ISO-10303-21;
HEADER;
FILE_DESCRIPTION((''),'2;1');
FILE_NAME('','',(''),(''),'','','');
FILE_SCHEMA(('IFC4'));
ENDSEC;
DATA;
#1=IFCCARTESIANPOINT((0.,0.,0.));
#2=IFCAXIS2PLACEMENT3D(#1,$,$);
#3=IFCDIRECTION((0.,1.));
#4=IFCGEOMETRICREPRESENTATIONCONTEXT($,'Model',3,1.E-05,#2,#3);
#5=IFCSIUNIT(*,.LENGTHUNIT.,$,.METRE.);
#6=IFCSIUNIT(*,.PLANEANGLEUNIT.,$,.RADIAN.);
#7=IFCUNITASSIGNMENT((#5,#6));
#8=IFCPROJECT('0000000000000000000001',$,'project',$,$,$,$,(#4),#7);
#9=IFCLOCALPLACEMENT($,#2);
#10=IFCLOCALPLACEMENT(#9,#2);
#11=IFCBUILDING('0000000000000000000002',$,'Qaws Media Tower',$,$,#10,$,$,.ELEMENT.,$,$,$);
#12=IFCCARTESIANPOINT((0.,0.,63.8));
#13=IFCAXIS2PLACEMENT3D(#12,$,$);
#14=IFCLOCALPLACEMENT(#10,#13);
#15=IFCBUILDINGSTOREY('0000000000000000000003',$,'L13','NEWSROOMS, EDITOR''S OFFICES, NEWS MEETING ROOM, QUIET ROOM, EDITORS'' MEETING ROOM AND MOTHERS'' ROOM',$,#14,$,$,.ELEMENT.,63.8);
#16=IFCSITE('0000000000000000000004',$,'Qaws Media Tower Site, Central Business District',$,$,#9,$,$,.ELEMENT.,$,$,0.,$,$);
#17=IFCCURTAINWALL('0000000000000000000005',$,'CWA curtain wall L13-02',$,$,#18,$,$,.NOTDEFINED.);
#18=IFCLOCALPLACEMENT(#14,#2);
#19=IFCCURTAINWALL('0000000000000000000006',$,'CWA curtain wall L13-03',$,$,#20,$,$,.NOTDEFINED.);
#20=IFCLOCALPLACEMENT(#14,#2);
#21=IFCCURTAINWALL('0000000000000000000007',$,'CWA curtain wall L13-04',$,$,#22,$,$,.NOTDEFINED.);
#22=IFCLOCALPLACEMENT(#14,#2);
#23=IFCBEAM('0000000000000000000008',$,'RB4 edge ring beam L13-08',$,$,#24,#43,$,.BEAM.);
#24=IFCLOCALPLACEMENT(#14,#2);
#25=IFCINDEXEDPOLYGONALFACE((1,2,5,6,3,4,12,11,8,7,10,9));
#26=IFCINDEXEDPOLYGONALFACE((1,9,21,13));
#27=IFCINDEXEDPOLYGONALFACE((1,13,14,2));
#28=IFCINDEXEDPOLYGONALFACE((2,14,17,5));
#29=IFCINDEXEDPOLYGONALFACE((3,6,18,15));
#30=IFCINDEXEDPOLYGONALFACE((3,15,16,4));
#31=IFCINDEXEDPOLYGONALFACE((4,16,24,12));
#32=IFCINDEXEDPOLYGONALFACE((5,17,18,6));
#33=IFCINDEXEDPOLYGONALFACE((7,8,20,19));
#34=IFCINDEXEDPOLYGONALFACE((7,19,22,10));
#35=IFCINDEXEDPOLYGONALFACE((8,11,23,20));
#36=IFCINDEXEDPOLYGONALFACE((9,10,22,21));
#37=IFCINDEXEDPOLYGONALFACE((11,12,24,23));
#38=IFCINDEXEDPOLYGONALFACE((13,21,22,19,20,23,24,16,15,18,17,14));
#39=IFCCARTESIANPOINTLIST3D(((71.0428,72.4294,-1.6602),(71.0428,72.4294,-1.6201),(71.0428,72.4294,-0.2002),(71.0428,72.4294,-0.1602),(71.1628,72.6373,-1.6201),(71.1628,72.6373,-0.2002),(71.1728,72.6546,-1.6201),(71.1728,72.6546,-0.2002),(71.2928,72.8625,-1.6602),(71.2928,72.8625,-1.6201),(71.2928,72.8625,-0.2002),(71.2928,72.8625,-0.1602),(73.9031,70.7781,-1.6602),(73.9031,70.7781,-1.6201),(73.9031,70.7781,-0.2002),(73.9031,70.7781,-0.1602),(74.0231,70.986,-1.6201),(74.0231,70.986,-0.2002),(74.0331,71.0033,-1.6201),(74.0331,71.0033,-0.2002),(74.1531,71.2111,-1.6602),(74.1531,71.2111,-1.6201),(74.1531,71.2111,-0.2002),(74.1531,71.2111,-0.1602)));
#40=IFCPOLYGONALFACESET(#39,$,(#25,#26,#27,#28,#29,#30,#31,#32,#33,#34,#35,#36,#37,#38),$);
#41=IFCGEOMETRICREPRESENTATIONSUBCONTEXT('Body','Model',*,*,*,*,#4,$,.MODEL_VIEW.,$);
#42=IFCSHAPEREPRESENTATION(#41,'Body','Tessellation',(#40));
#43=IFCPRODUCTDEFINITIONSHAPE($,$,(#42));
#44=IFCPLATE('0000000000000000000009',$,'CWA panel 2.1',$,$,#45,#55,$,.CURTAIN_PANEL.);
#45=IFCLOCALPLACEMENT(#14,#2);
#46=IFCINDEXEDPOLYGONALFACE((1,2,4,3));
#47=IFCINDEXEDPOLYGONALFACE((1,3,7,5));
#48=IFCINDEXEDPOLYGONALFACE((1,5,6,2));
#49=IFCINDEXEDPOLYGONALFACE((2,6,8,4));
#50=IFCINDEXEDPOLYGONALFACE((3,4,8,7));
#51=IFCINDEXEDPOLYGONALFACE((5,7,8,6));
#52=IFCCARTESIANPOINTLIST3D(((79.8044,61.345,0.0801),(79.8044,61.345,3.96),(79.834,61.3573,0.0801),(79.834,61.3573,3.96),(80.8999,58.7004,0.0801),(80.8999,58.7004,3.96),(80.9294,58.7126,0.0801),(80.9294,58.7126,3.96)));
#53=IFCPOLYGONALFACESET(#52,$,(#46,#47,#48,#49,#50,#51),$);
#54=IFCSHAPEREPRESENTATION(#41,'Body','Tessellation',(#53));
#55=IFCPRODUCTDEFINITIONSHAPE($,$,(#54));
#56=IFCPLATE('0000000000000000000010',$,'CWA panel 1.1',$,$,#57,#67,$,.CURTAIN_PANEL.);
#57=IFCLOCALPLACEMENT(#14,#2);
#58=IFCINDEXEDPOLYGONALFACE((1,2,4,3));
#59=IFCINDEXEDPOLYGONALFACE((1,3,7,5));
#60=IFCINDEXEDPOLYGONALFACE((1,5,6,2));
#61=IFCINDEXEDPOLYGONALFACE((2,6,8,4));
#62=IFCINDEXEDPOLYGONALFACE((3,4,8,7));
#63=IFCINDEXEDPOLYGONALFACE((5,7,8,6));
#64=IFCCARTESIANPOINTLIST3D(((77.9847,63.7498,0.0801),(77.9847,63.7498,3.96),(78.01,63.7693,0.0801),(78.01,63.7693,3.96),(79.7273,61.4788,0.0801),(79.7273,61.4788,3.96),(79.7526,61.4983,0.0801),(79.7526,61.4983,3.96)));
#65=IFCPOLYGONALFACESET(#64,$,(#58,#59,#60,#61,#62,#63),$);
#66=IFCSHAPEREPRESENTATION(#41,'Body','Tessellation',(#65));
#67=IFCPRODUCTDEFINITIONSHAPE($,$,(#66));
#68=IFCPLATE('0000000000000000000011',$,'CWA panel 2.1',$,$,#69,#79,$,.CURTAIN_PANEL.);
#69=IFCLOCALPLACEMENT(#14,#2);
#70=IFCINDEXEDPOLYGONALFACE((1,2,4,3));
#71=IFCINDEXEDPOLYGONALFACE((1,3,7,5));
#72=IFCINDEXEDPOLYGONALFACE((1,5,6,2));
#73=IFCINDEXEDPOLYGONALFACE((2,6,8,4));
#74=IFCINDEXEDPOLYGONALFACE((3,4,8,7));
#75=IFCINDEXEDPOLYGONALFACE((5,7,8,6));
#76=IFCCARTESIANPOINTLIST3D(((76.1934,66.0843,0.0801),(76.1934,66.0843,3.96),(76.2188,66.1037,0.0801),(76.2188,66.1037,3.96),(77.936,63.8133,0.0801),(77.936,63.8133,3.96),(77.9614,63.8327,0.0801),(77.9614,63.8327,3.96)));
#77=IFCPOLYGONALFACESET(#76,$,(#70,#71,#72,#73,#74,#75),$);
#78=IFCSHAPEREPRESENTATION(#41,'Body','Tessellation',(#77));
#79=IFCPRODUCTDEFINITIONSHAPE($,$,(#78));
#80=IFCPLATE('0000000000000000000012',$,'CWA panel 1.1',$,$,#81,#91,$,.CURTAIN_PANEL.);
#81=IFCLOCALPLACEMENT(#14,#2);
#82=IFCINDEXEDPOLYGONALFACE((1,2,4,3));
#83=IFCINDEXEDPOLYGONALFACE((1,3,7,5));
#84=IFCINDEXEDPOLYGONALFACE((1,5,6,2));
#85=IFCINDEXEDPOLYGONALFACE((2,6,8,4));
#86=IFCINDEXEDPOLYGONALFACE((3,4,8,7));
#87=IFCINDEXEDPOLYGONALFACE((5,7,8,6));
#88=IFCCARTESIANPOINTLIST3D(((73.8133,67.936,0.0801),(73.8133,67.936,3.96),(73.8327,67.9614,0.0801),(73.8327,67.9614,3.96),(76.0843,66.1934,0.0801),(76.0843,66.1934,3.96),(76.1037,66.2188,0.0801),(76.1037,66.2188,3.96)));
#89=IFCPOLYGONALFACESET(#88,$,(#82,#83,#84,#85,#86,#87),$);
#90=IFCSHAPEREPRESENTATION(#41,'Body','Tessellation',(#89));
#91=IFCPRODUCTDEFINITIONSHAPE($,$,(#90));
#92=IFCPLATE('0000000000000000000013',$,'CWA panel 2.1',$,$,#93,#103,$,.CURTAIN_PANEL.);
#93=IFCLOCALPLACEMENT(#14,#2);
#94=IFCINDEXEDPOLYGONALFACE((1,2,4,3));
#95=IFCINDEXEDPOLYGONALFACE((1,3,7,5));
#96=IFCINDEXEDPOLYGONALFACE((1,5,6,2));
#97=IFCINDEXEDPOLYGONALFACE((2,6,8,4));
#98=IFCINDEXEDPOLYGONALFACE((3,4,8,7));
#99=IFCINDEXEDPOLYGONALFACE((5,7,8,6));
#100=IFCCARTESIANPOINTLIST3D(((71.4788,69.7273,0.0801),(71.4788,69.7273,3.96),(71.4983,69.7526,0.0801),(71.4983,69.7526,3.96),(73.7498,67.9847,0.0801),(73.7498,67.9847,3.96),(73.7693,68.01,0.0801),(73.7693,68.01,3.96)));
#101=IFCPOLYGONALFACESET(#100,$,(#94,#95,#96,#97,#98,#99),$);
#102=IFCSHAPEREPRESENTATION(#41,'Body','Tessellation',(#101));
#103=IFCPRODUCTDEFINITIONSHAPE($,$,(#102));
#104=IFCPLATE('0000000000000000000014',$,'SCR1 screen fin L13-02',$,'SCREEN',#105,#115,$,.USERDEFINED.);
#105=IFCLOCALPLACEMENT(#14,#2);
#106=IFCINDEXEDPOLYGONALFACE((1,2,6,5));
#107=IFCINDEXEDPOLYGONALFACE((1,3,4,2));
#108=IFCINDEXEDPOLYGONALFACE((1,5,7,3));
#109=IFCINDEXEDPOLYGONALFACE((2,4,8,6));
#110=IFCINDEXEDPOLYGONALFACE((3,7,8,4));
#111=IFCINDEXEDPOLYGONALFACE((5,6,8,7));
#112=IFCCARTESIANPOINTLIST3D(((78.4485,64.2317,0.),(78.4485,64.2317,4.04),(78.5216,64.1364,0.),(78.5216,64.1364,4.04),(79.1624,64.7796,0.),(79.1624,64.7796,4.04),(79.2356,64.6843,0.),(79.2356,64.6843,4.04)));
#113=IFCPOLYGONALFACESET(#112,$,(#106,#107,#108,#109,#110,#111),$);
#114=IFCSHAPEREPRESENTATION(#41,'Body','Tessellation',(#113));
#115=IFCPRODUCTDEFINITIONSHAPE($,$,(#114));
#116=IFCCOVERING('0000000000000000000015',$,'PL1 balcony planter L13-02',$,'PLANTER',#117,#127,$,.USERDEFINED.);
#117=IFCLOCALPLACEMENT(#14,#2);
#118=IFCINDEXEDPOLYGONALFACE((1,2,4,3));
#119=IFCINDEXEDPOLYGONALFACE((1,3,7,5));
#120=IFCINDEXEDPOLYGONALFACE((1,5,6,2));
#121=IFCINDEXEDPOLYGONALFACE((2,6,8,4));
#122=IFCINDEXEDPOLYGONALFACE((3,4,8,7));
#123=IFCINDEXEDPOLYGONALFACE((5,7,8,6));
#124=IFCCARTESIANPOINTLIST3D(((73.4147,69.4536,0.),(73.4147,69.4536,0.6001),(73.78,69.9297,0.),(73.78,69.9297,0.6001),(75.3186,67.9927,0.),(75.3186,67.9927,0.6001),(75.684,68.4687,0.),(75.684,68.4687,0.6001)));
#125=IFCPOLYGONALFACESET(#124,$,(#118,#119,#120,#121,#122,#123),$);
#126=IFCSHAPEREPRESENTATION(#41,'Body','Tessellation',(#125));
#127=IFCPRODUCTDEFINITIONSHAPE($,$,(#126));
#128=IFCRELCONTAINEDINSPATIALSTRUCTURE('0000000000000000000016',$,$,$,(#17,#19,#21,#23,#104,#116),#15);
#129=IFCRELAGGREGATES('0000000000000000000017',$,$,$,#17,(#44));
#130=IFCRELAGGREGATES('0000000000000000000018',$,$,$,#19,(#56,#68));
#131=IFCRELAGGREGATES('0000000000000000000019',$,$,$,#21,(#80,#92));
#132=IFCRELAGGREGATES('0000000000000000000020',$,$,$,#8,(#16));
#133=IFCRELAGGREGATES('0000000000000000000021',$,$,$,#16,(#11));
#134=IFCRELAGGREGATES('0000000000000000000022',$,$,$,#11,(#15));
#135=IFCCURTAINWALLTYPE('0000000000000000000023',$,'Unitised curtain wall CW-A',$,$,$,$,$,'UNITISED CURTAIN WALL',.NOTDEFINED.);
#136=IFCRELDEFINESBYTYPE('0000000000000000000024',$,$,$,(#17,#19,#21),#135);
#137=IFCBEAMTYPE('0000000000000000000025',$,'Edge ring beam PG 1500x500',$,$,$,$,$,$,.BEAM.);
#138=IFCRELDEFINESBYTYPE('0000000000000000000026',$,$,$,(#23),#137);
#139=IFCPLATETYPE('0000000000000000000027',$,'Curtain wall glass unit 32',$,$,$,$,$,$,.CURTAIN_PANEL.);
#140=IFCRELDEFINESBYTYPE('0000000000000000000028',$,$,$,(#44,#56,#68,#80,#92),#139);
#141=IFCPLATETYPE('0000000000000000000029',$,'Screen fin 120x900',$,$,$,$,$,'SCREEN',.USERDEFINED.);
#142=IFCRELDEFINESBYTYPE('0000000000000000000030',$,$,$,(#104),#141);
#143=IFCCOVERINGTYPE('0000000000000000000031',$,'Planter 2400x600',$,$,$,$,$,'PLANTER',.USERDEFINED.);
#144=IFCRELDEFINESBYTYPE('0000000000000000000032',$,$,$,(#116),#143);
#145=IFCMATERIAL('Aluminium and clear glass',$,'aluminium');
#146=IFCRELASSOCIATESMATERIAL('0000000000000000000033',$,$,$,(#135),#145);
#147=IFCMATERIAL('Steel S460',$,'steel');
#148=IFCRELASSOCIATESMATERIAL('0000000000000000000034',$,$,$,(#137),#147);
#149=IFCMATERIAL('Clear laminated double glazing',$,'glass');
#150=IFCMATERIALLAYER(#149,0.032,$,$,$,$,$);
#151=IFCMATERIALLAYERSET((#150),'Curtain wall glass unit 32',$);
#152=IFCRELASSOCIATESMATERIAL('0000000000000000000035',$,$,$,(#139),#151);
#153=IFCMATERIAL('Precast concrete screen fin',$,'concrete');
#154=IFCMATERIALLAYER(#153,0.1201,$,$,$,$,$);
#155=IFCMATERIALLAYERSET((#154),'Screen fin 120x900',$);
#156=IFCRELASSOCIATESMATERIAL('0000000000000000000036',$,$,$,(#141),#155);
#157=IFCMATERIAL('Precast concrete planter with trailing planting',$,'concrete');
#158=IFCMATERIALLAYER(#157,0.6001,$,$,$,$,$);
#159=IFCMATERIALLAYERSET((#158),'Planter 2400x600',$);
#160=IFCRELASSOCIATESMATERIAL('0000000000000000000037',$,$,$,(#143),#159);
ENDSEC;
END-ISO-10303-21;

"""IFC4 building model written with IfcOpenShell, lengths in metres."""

from ifc_helpers import new_model, si_unit, direction, frame, origin, origin_2d, place, context, subcontext, project, spatial, rectangle, i_section, extrude, material, layer, layer_set, material_profile, profile_set, type_object, element, aggregate, save


model = new_model("IFC4")

# Units and contexts
model_context = context("Model", 3, precision=1e-05, world=origin(), true_north=direction((0.0, 1.0)))
body_context = subcontext(model_context, "Body", "Model", "MODEL_VIEW")
ifc_project = project(units=[si_unit("LENGTHUNIT", "METRE"), si_unit("PLANEANGLEUNIT", "RADIAN")], contexts=[model_context])

# Site, building, storey
site_placement = place(None, origin())
site = spatial("IfcSite", under=ifc_project, at=site_placement, Name="Qaws Media Tower Site, Central Business District", CompositionType="ELEMENT", RefElevation=0.0)
building_placement = place(site_placement, origin())
building = spatial("IfcBuilding", under=site, at=building_placement, Name="Qaws Media Tower", CompositionType="ELEMENT")
storey_placement = place(building_placement, frame((0.0, 0.0, 63.8)))
storey = spatial("IfcBuildingStorey", under=building, at=storey_placement, Name="L13", Description="NEWSROOMS, EDITOR'S OFFICES, NEWS MEETING ROOM, QUIET ROOM, EDITORS' MEETING ROOM AND MOTHERS' ROOM", CompositionType="ELEMENT", Elevation=63.8)

# Curtain wall
ifc_material_1 = material(Name="Aluminium and clear glass", Category="aluminium")
curtain_wall_type = type_object("IfcCurtainWallType", Name="Unitised curtain wall CW-A", ElementType="UNITISED CURTAIN WALL", PredefinedType="NOTDEFINED", material=ifc_material_1)
curtain_wall_1_placement = place(storey_placement, origin())
curtain_wall_1 = element("IfcCurtainWall", 1, at=curtain_wall_1_placement, inside=storey, type_object=curtain_wall_type, Name="CWA curtain wall L13-02", PredefinedType="NOTDEFINED")

# Curtain walls
curtain_wall_2_placement = place(storey_placement, origin())
curtain_wall_2 = element("IfcCurtainWall", 2, at=curtain_wall_2_placement, inside=storey, type_object=curtain_wall_type, Name="CWA curtain wall L13-03", PredefinedType="NOTDEFINED")
curtain_wall_3_placement = place(storey_placement, origin())
curtain_wall_3 = element("IfcCurtainWall", 3, at=curtain_wall_3_placement, inside=storey, type_object=curtain_wall_type, Name="CWA curtain wall L13-04", PredefinedType="NOTDEFINED")

# Beam
ifc_material_2 = material(Name="Steel S460", Category="steel")
ifc_material_profile_1 = material_profile(ifc_material_2, i_section(OverallWidth=0.5, OverallDepth=1.5, WebThickness=0.02, FlangeThickness=0.04, at=origin_2d()), Name="PG 1500x500")
ifc_profile_set_1 = profile_set([ifc_material_profile_1], Name="Steel S460")
beam_type = type_object("IfcBeamType", Name="Edge ring beam PG 1500x500", PredefinedType="BEAM", material=ifc_profile_set_1)
beam_1_placement = place(storey_placement, frame((74.0281, 70.9946, -0.9102), z_axis=(-0.866033, 0.499987, 0.0), x_axis=(-0.499987, -0.866033, 0.0)))
element("IfcBeam", 4, at=beam_1_placement, inside=storey, type_object=beam_type, Name="RB4 edge ring beam L13-08", PredefinedType="BEAM", context=body_context, shape_type="SweptSolid", body=[
    extrude(i_section(OverallWidth=0.5, OverallDepth=1.5, WebThickness=0.02, FlangeThickness=0.04, at=origin_2d()), origin(), (0.0, 0.0, 1.0), 3.3027),
])

# Plates
ifc_material_3 = material(Name="Clear laminated double glazing", Category="glass")
ifc_layer_1 = layer(ifc_material_3, 0.032)
ifc_layer_set_1 = layer_set([ifc_layer_1], Name="Curtain wall glass unit 32")
plate_type_1 = type_object("IfcPlateType", Name="Curtain wall glass unit 32", PredefinedType="CURTAIN_PANEL", material=ifc_layer_set_1)
plate_1_placement = place(storey_placement, frame((80.3669, 60.0288, 0.0801), z_axis=(0.0, 0.0, 1.0), x_axis=(-0.382683, 0.92388, 0.0)))
plate_1 = element("IfcPlate", 5, at=plate_1_placement, type_object=plate_type_1, Name="CWA panel 2.1", PredefinedType="CURTAIN_PANEL", context=body_context, shape_type="SweptSolid", body=[
    extrude(rectangle(XDim=2.8625, YDim=0.032, at=origin_2d()), origin(), (0.0, 0.0, 1.0), 3.8799),
])
aggregate(curtain_wall_1, [plate_1])
plate_2_placement = place(storey_placement, frame((78.8687, 62.624, 0.0801), z_axis=(0.0, 0.0, 1.0), x_axis=(-0.608761, 0.793353, 0.0)))
plate_2 = element("IfcPlate", 6, at=plate_2_placement, type_object=plate_type_1, Name="CWA panel 1.1", PredefinedType="CURTAIN_PANEL", context=body_context, shape_type="SweptSolid", body=[
    extrude(rectangle(XDim=2.8625, YDim=0.032, at=origin_2d()), origin(), (0.0, 0.0, 1.0), 3.8799),
])
plate_3_placement = place(storey_placement, frame((77.0774, 64.9585, 0.0801), z_axis=(0.0, 0.0, 1.0), x_axis=(-0.608761, 0.793353, 0.0)))
plate_3 = element("IfcPlate", 7, at=plate_3_placement, type_object=plate_type_1, Name="CWA panel 2.1", PredefinedType="CURTAIN_PANEL", context=body_context, shape_type="SweptSolid", body=[
    extrude(rectangle(XDim=2.8625, YDim=0.032, at=origin_2d()), origin(), (0.0, 0.0, 1.0), 3.8799),
])
aggregate(curtain_wall_2, [plate_2, plate_3])
plate_4_placement = place(storey_placement, frame((74.9585, 67.0774, 0.0801), z_axis=(0.0, 0.0, 1.0), x_axis=(-0.793353, 0.608761, 0.0)))
plate_4 = element("IfcPlate", 8, at=plate_4_placement, type_object=plate_type_1, Name="CWA panel 1.1", PredefinedType="CURTAIN_PANEL", context=body_context, shape_type="SweptSolid", body=[
    extrude(rectangle(XDim=2.8625, YDim=0.032, at=origin_2d()), origin(), (0.0, 0.0, 1.0), 3.8799),
])
plate_5_placement = place(storey_placement, frame((72.624, 68.8687, 0.0801), z_axis=(0.0, 0.0, 1.0), x_axis=(-0.793353, 0.608761, 0.0)))
plate_5 = element("IfcPlate", 9, at=plate_5_placement, type_object=plate_type_1, Name="CWA panel 2.1", PredefinedType="CURTAIN_PANEL", context=body_context, shape_type="SweptSolid", body=[
    extrude(rectangle(XDim=2.8625, YDim=0.032, at=origin_2d()), origin(), (0.0, 0.0, 1.0), 3.8799),
])
aggregate(curtain_wall_3, [plate_4, plate_5])
ifc_material_4 = material(Name="Precast concrete screen fin", Category="concrete")
ifc_layer_2 = layer(ifc_material_4, 0.1201)
ifc_layer_set_2 = layer_set([ifc_layer_2], Name="Screen fin 120x900")
plate_type_2 = type_object("IfcPlateType", Name="Screen fin 120x900", ElementType="SCREEN", PredefinedType="USERDEFINED", material=ifc_layer_set_2)
plate_6_placement = place(storey_placement, frame((78.842, 64.458, 0.0), z_axis=(0.0, 0.0, 1.0), x_axis=(0.793353, 0.608761, 0.0)))
element("IfcPlate", 10, at=plate_6_placement, inside=storey, type_object=plate_type_2, Name="SCR1 screen fin L13-02", ObjectType="SCREEN", PredefinedType="USERDEFINED", context=body_context, shape_type="SweptSolid", body=[
    extrude(rectangle(XDim=0.8999, YDim=0.1201, at=origin_2d()), origin(), (0.0, 0.0, 1.0), 4.04),
])

# Covering
ifc_material_5 = material(Name="Precast concrete planter with trailing planting", Category="concrete")
ifc_layer_3 = layer(ifc_material_5, 0.6001)
ifc_layer_set_3 = layer_set([ifc_layer_3], Name="Planter 2400x600")
covering_type = type_object("IfcCoveringType", Name="Planter 2400x600", ElementType="PLANTER", PredefinedType="USERDEFINED", material=ifc_layer_set_3)
covering_placement = place(storey_placement, frame((74.5493, 68.9612, 0.0), z_axis=(0.0, 0.0, 1.0), x_axis=(-0.793353, 0.608761, 0.0)))
element("IfcCovering", 11, at=covering_placement, inside=storey, type_object=covering_type, Name="PL1 balcony planter L13-02", ObjectType="PLANTER", PredefinedType="USERDEFINED", context=body_context, shape_type="SweptSolid", body=[
    extrude(rectangle(XDim=2.3999, YDim=0.6001, at=origin_2d()), origin(), (0.0, 0.0, 1.0), 0.6001),
])

save(model, "model.ifc")
